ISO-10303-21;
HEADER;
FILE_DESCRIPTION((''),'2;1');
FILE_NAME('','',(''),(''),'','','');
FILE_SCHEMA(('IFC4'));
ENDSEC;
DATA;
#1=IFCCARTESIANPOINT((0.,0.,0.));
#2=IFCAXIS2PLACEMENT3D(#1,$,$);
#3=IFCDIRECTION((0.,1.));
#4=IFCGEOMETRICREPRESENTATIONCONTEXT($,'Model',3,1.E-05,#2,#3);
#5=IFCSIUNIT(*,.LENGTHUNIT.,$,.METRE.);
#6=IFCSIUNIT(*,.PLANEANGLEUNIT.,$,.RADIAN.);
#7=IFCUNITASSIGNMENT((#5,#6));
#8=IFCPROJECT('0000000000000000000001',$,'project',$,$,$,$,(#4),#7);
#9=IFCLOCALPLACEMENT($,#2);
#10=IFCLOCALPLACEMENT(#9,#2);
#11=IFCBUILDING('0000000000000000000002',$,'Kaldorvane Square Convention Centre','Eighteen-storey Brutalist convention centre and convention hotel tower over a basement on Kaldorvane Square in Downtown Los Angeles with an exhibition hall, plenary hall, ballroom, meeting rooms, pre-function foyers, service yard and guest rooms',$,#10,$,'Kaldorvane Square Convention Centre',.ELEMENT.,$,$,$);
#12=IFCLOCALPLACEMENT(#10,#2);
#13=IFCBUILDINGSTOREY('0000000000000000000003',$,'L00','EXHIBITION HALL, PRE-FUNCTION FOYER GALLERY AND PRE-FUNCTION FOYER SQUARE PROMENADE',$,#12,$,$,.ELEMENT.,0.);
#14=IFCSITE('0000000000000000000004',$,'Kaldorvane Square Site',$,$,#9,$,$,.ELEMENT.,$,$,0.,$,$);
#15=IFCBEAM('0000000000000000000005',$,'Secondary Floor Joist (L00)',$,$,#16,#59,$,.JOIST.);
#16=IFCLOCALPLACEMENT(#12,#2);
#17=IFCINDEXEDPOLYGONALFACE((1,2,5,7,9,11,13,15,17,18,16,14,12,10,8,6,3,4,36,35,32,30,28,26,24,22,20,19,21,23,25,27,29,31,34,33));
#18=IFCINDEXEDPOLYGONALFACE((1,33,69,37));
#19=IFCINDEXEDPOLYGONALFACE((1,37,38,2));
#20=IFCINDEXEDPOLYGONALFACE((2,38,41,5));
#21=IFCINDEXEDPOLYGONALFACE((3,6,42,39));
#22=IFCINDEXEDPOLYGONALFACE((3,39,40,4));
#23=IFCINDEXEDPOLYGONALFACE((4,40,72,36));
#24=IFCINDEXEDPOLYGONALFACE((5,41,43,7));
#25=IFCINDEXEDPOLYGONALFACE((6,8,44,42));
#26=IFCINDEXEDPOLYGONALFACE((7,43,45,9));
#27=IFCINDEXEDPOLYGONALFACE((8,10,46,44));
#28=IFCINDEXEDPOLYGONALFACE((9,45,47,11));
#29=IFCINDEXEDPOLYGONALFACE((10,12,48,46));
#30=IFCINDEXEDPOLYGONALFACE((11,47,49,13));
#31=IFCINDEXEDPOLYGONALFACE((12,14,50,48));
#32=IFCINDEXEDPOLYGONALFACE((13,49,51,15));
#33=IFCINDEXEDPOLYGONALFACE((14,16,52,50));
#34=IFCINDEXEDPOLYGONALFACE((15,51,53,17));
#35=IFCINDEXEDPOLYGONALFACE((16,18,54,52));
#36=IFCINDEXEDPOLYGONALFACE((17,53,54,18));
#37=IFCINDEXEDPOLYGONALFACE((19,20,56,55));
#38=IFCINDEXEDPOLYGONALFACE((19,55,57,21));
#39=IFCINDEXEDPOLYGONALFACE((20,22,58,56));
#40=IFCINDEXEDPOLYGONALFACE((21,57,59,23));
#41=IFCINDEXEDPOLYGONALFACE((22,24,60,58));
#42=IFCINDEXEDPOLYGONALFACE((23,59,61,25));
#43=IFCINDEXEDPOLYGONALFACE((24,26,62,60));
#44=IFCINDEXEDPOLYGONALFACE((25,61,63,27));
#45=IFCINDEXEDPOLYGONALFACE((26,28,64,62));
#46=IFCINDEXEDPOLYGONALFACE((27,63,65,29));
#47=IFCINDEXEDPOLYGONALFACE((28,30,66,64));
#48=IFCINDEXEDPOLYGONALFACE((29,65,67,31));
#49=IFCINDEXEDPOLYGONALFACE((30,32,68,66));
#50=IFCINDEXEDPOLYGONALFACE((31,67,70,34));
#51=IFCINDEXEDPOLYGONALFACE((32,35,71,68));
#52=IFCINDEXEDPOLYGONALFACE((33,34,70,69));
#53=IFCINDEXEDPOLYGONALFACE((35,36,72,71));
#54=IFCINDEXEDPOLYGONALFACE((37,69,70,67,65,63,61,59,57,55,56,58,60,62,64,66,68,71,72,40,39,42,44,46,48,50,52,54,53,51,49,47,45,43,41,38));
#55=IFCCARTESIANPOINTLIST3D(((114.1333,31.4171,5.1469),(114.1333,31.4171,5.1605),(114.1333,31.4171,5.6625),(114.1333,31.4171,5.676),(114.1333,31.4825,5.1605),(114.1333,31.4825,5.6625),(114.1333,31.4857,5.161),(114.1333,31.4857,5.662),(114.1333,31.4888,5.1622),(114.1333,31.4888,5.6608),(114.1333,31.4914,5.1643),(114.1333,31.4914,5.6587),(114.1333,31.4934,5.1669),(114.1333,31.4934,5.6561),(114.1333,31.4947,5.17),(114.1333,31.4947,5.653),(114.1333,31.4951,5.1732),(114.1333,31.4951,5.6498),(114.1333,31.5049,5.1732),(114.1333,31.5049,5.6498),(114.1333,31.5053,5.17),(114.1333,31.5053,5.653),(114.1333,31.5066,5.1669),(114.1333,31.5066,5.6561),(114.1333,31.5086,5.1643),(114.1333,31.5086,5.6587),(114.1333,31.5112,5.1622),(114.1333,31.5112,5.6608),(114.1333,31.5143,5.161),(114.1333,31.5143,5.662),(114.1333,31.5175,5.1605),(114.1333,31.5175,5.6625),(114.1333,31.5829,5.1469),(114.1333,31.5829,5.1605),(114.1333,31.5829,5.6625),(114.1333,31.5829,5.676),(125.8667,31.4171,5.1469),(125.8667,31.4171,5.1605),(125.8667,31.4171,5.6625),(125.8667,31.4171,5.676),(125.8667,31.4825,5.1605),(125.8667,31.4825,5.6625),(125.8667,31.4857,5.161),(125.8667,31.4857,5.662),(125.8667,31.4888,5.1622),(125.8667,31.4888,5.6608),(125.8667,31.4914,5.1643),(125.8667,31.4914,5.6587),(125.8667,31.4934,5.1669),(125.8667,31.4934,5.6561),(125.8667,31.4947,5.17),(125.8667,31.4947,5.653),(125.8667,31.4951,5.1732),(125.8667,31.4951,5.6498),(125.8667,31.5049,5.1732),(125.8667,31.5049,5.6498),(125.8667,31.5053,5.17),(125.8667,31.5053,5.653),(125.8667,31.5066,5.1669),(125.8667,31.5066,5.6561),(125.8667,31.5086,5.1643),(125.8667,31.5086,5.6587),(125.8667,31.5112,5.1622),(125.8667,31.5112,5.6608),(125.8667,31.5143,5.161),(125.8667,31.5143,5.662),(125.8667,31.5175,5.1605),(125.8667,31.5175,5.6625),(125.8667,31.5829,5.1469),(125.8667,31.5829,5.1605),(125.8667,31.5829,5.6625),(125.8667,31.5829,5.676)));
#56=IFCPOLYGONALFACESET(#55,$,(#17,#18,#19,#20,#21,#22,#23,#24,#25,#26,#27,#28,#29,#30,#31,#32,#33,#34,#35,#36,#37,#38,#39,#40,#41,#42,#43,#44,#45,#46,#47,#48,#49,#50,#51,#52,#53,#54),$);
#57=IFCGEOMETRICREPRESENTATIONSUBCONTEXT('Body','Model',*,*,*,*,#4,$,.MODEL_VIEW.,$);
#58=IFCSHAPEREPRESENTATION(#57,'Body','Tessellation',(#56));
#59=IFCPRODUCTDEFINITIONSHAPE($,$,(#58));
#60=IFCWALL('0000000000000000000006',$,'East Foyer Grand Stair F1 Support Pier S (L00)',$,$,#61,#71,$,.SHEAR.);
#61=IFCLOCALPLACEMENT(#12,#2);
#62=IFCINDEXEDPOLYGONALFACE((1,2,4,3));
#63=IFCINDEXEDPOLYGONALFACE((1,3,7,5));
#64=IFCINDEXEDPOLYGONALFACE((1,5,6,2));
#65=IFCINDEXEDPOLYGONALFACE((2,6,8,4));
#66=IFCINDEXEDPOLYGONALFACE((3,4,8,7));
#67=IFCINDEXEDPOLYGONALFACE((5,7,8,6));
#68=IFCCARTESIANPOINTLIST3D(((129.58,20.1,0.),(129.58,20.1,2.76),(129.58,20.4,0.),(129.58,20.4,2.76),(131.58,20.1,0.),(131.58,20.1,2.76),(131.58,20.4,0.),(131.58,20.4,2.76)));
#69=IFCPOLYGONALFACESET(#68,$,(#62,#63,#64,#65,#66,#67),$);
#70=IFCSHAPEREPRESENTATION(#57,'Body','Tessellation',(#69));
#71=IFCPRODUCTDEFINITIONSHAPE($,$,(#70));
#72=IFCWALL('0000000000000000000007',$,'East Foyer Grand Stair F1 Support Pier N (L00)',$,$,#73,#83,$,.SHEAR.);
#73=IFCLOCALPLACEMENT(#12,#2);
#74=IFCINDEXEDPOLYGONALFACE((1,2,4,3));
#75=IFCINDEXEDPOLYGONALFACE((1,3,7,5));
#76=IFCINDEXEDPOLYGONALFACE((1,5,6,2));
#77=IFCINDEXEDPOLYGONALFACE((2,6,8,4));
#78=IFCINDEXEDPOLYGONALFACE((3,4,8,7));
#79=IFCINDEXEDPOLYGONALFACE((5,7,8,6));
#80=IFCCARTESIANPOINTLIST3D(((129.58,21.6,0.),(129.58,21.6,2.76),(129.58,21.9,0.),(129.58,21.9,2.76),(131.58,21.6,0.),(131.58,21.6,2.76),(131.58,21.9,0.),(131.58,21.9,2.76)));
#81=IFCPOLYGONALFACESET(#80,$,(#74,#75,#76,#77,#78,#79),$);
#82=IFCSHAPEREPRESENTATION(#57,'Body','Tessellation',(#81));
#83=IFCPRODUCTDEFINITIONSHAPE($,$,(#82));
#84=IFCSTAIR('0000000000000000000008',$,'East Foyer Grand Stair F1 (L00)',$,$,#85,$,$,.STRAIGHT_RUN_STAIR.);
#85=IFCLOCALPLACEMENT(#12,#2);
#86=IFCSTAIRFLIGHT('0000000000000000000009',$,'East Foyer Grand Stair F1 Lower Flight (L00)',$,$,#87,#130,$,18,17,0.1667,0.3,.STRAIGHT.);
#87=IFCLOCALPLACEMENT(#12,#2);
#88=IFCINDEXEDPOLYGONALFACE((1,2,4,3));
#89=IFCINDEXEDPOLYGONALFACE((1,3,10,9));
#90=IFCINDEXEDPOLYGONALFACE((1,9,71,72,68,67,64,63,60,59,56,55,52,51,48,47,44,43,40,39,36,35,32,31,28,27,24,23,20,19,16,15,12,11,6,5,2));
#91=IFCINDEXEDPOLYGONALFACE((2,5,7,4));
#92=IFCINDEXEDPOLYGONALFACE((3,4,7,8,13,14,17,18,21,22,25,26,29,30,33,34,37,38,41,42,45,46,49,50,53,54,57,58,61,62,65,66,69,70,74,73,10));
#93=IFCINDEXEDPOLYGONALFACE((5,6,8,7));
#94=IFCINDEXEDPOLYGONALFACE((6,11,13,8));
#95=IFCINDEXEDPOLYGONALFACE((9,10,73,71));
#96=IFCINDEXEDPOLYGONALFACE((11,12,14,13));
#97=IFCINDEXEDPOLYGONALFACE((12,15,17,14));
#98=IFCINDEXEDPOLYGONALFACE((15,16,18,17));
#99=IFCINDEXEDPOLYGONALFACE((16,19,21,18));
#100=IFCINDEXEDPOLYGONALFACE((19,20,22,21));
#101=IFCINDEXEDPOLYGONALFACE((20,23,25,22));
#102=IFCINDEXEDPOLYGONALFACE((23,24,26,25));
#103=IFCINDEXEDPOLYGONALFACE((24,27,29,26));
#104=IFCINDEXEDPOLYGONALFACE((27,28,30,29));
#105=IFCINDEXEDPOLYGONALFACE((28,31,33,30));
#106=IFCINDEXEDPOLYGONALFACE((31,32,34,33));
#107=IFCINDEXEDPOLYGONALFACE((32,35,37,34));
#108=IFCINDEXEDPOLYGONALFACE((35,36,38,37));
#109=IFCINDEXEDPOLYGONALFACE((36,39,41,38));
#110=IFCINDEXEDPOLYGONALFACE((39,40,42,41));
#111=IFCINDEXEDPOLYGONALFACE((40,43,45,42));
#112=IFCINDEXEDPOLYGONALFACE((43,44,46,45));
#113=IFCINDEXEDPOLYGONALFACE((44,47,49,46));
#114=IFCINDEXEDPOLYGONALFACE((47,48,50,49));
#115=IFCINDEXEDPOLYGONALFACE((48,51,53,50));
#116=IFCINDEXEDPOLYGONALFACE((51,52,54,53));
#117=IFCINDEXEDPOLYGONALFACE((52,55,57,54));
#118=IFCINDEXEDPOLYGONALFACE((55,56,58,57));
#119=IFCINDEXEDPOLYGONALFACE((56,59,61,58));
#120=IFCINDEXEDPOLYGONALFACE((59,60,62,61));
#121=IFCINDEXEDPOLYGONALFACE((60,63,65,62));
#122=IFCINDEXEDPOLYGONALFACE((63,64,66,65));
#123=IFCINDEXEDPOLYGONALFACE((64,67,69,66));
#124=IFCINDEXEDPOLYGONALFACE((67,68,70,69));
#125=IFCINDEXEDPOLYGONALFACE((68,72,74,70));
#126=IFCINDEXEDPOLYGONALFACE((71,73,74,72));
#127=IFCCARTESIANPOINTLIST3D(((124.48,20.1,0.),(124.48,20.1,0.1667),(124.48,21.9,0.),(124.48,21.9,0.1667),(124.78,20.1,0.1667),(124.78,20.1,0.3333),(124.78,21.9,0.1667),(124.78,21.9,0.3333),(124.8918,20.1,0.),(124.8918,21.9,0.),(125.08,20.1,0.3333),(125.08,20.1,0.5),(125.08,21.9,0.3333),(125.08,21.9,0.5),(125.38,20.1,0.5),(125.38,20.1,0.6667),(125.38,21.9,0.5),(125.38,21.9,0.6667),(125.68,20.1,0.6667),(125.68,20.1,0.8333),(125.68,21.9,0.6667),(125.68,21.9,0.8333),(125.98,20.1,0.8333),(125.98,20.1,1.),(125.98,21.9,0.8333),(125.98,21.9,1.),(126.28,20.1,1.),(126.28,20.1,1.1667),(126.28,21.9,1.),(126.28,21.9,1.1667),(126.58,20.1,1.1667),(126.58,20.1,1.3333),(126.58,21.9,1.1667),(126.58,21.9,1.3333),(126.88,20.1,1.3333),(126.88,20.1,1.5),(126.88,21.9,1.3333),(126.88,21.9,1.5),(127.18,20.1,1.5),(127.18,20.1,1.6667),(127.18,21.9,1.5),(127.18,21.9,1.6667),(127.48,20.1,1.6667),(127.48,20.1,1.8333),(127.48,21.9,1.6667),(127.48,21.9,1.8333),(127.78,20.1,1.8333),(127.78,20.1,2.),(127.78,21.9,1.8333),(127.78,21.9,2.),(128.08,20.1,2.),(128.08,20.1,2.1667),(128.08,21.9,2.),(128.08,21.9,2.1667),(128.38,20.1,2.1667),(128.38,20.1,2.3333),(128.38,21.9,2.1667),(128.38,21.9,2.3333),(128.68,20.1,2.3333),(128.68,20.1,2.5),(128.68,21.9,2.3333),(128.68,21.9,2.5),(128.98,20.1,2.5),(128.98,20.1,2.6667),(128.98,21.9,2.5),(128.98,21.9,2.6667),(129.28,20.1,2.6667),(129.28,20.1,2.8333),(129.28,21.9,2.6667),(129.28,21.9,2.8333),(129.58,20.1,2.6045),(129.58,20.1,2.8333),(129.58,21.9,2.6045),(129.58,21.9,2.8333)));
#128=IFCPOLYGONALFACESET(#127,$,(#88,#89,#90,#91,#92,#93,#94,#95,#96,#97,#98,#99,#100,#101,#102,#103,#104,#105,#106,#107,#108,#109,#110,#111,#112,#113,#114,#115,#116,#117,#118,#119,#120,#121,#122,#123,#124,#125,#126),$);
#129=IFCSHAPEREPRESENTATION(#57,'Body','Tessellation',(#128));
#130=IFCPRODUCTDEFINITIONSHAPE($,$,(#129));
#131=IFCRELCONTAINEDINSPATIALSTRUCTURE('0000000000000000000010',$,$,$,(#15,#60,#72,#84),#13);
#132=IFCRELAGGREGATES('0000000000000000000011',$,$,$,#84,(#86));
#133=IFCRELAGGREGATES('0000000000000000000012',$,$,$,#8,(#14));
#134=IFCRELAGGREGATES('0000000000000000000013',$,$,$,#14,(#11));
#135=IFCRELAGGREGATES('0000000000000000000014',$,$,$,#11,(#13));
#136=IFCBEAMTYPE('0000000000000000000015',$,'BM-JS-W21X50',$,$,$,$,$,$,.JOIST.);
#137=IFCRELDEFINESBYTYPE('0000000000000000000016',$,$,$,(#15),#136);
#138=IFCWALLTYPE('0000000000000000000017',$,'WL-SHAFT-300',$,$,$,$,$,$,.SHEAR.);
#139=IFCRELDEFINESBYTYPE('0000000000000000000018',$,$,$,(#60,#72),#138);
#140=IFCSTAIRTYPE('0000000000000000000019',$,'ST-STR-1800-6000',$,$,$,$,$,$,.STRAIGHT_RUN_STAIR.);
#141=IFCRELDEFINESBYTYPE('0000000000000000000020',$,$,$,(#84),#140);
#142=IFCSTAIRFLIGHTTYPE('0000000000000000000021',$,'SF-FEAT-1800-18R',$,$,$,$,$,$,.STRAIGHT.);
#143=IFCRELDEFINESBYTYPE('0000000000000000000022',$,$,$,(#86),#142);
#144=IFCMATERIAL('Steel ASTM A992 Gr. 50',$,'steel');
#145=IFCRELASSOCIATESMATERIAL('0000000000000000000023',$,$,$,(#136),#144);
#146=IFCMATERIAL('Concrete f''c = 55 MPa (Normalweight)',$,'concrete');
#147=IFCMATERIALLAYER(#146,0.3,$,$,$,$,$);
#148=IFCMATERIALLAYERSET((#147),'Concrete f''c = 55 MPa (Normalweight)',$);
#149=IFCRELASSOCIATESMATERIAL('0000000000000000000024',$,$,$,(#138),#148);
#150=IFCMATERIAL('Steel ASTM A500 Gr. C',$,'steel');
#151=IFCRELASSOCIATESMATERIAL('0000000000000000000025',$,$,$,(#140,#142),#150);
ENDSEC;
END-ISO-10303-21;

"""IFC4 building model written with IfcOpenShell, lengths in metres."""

from ifc_helpers import new_model, si_unit, direction, frame, frame_2d, origin, origin_2d, place, context, subcontext, project, spatial, polyline, rectangle, i_section, outline, extrude, material, layer, layer_set, material_profile, profile_set, type_object, element, aggregate, save


model = new_model("IFC4")

# Units and contexts
model_context = context("Model", 3, precision=1e-05, world=origin(), true_north=direction((0.0, 1.0)))
body_context = subcontext(model_context, "Body", "Model", "MODEL_VIEW")
ifc_project = project(units=[si_unit("LENGTHUNIT", "METRE"), si_unit("PLANEANGLEUNIT", "RADIAN")], contexts=[model_context])

# Site, building, storey
site_placement = place(None, origin())
site = spatial("IfcSite", under=ifc_project, at=site_placement, Name="Kaldorvane Square Site", CompositionType="ELEMENT", RefElevation=0.0)
building_placement = place(site_placement, origin())
building = spatial("IfcBuilding", under=site, at=building_placement, Name="Kaldorvane Square Convention Centre", Description="Eighteen-storey Brutalist convention centre and convention hotel tower over a basement on Kaldorvane Square in Downtown Los Angeles with an exhibition hall, plenary hall, ballroom, meeting rooms, pre-function foyers, service yard and guest rooms", LongName="Kaldorvane Square Convention Centre", CompositionType="ELEMENT")
storey_placement = place(building_placement, origin())
storey = spatial("IfcBuildingStorey", under=building, at=storey_placement, Name="L00", Description="EXHIBITION HALL, PRE-FUNCTION FOYER GALLERY AND PRE-FUNCTION FOYER SQUARE PROMENADE", CompositionType="ELEMENT", Elevation=0.0)

# Shared definitions
ifc_material_1 = material(Name="Steel ASTM A992 Gr. 50", Category="steel")

# Beam
ifc_material_profile_1 = material_profile(ifc_material_1, i_section(OverallWidth=0.1659, OverallDepth=0.5291, WebThickness=0.0097, FlangeThickness=0.0136, FilletRadius=0.0127, at=origin_2d()), Name="W21X50")
ifc_profile_set_1 = profile_set([ifc_material_profile_1], Name="Steel ASTM A992 Gr. 50")
beam_type_1 = type_object("IfcBeamType", Name="BM-JS-W21X50", PredefinedType="JOIST", material=ifc_profile_set_1)
for number, where, z_axis, x_axis, name in (
    (1, (114.1333, 31.5, 5.4115), (1.0, 0.0, 0.0), (0.0, 1.0, 0.0), "Secondary Floor Joist (L00)"),
):
    element("IfcBeam", number, at=place(storey_placement, frame(where, z_axis=z_axis, x_axis=x_axis)), inside=storey, type_object=beam_type_1, Name=name, PredefinedType="JOIST", context=body_context, shape_type="SweptSolid", body=[
        extrude(i_section(OverallWidth=0.1659, OverallDepth=0.5291, WebThickness=0.0097, FlangeThickness=0.0136, FilletRadius=0.0127, at=origin_2d()), origin(), (0.0, 0.0, 1.0), 11.7334),
    ])

# Walls
ifc_material_2 = material(Name="Concrete f'c = 55 MPa (Normalweight)", Category="concrete")
ifc_layer = layer(ifc_material_2, 0.3)
ifc_layer_set = layer_set([ifc_layer], Name="Concrete f'c = 55 MPa (Normalweight)")
wall_type = type_object("IfcWallType", Name="WL-SHAFT-300", PredefinedType="SHEAR", material=ifc_layer_set)
for number, where, z_axis, x_axis, name in (
    (2, (129.58, 20.25, 0.0), (0.0, 0.0, 1.0), (1.0, 0.0, 0.0), "East Foyer Grand Stair F1 Support Pier S (L00)"),
    (3, (129.58, 21.75, 0.0), (0.0, 0.0, 1.0), (1.0, 0.0, 0.0), "East Foyer Grand Stair F1 Support Pier N (L00)"),
):
    element("IfcWall", number, at=place(storey_placement, frame(where, z_axis=z_axis, x_axis=x_axis)), inside=storey, type_object=wall_type, Name=name, PredefinedType="SHEAR", context=body_context, shape_type="SweptSolid", body=[
        extrude(rectangle(XDim=2.0, YDim=0.3, at=frame_2d((1.0, 0.0))), origin(), (0.0, 0.0, 1.0), 2.76),
    ])

# Stair, stair flight
ifc_material_3 = material(Name="Steel ASTM A500 Gr. C", Category="steel")
stair_type = type_object("IfcStairType", Name="ST-STR-1800-6000", PredefinedType="STRAIGHT_RUN_STAIR", material=ifc_material_3)
stair_placement = place(storey_placement, origin())
stair = element("IfcStair", 4, at=stair_placement, inside=storey, type_object=stair_type, Name="East Foyer Grand Stair F1 (L00)", PredefinedType="STRAIGHT_RUN_STAIR")
stair_flight_type = type_object("IfcStairFlightType", Name="SF-FEAT-1800-18R", PredefinedType="STRAIGHT", material=ifc_material_3)
stair_flight_placement = place(storey_placement, frame((124.48, 21.0, 0.0), z_axis=(0.0, 0.0, 1.0), x_axis=(1.0, 0.0, 0.0)))
stair_flight = element("IfcStairFlight", 5, at=stair_flight_placement, type_object=stair_flight_type, Name="East Foyer Grand Stair F1 Lower Flight (L00)", NumberOfRisers=18, NumberOfTreads=17, PredefinedType="STRAIGHT", RiserHeight=0.1667, TreadLength=0.3, context=body_context, shape_type="SweptSolid", body=[
    extrude(outline(polyline([(0.0, 0.0), (0.0, 0.1667), (0.3, 0.1667), (0.3, 0.3333), (0.6, 0.3333), (0.6, 0.5), (0.9, 0.5), (0.9, 0.6667), (1.2, 0.6667), (1.2, 0.8333), (1.5, 0.8333), (1.5, 1.0), (1.8, 1.0), (1.8, 1.1667), (2.1, 1.1667), (2.1, 1.3333), (2.4, 1.3333), (2.4, 1.5), (2.7, 1.5), (2.7, 1.6667), (3.0, 1.6667), (3.0, 1.8333), (3.3, 1.8333), (3.3, 2.0), (3.6, 2.0), (3.6, 2.1667), (3.9, 2.1667), (3.9, 2.3333), (4.2, 2.3333), (4.2, 2.5), (4.5, 2.5), (4.5, 2.6667), (4.8, 2.6667), (4.8, 2.8333), (5.1, 2.8333), (5.1, 3.0), (5.1, 2.6045), (0.4118, 0.0), (0.0, 0.0)])), frame((0.0, 0.9, 0.0), z_axis=(0.0, -1.0, 0.0), x_axis=(1.0, 0.0, 0.0)), (0.0, 0.0, 1.0), 1.8),
])
aggregate(stair, [stair_flight])

save(model, "model.ifc")
